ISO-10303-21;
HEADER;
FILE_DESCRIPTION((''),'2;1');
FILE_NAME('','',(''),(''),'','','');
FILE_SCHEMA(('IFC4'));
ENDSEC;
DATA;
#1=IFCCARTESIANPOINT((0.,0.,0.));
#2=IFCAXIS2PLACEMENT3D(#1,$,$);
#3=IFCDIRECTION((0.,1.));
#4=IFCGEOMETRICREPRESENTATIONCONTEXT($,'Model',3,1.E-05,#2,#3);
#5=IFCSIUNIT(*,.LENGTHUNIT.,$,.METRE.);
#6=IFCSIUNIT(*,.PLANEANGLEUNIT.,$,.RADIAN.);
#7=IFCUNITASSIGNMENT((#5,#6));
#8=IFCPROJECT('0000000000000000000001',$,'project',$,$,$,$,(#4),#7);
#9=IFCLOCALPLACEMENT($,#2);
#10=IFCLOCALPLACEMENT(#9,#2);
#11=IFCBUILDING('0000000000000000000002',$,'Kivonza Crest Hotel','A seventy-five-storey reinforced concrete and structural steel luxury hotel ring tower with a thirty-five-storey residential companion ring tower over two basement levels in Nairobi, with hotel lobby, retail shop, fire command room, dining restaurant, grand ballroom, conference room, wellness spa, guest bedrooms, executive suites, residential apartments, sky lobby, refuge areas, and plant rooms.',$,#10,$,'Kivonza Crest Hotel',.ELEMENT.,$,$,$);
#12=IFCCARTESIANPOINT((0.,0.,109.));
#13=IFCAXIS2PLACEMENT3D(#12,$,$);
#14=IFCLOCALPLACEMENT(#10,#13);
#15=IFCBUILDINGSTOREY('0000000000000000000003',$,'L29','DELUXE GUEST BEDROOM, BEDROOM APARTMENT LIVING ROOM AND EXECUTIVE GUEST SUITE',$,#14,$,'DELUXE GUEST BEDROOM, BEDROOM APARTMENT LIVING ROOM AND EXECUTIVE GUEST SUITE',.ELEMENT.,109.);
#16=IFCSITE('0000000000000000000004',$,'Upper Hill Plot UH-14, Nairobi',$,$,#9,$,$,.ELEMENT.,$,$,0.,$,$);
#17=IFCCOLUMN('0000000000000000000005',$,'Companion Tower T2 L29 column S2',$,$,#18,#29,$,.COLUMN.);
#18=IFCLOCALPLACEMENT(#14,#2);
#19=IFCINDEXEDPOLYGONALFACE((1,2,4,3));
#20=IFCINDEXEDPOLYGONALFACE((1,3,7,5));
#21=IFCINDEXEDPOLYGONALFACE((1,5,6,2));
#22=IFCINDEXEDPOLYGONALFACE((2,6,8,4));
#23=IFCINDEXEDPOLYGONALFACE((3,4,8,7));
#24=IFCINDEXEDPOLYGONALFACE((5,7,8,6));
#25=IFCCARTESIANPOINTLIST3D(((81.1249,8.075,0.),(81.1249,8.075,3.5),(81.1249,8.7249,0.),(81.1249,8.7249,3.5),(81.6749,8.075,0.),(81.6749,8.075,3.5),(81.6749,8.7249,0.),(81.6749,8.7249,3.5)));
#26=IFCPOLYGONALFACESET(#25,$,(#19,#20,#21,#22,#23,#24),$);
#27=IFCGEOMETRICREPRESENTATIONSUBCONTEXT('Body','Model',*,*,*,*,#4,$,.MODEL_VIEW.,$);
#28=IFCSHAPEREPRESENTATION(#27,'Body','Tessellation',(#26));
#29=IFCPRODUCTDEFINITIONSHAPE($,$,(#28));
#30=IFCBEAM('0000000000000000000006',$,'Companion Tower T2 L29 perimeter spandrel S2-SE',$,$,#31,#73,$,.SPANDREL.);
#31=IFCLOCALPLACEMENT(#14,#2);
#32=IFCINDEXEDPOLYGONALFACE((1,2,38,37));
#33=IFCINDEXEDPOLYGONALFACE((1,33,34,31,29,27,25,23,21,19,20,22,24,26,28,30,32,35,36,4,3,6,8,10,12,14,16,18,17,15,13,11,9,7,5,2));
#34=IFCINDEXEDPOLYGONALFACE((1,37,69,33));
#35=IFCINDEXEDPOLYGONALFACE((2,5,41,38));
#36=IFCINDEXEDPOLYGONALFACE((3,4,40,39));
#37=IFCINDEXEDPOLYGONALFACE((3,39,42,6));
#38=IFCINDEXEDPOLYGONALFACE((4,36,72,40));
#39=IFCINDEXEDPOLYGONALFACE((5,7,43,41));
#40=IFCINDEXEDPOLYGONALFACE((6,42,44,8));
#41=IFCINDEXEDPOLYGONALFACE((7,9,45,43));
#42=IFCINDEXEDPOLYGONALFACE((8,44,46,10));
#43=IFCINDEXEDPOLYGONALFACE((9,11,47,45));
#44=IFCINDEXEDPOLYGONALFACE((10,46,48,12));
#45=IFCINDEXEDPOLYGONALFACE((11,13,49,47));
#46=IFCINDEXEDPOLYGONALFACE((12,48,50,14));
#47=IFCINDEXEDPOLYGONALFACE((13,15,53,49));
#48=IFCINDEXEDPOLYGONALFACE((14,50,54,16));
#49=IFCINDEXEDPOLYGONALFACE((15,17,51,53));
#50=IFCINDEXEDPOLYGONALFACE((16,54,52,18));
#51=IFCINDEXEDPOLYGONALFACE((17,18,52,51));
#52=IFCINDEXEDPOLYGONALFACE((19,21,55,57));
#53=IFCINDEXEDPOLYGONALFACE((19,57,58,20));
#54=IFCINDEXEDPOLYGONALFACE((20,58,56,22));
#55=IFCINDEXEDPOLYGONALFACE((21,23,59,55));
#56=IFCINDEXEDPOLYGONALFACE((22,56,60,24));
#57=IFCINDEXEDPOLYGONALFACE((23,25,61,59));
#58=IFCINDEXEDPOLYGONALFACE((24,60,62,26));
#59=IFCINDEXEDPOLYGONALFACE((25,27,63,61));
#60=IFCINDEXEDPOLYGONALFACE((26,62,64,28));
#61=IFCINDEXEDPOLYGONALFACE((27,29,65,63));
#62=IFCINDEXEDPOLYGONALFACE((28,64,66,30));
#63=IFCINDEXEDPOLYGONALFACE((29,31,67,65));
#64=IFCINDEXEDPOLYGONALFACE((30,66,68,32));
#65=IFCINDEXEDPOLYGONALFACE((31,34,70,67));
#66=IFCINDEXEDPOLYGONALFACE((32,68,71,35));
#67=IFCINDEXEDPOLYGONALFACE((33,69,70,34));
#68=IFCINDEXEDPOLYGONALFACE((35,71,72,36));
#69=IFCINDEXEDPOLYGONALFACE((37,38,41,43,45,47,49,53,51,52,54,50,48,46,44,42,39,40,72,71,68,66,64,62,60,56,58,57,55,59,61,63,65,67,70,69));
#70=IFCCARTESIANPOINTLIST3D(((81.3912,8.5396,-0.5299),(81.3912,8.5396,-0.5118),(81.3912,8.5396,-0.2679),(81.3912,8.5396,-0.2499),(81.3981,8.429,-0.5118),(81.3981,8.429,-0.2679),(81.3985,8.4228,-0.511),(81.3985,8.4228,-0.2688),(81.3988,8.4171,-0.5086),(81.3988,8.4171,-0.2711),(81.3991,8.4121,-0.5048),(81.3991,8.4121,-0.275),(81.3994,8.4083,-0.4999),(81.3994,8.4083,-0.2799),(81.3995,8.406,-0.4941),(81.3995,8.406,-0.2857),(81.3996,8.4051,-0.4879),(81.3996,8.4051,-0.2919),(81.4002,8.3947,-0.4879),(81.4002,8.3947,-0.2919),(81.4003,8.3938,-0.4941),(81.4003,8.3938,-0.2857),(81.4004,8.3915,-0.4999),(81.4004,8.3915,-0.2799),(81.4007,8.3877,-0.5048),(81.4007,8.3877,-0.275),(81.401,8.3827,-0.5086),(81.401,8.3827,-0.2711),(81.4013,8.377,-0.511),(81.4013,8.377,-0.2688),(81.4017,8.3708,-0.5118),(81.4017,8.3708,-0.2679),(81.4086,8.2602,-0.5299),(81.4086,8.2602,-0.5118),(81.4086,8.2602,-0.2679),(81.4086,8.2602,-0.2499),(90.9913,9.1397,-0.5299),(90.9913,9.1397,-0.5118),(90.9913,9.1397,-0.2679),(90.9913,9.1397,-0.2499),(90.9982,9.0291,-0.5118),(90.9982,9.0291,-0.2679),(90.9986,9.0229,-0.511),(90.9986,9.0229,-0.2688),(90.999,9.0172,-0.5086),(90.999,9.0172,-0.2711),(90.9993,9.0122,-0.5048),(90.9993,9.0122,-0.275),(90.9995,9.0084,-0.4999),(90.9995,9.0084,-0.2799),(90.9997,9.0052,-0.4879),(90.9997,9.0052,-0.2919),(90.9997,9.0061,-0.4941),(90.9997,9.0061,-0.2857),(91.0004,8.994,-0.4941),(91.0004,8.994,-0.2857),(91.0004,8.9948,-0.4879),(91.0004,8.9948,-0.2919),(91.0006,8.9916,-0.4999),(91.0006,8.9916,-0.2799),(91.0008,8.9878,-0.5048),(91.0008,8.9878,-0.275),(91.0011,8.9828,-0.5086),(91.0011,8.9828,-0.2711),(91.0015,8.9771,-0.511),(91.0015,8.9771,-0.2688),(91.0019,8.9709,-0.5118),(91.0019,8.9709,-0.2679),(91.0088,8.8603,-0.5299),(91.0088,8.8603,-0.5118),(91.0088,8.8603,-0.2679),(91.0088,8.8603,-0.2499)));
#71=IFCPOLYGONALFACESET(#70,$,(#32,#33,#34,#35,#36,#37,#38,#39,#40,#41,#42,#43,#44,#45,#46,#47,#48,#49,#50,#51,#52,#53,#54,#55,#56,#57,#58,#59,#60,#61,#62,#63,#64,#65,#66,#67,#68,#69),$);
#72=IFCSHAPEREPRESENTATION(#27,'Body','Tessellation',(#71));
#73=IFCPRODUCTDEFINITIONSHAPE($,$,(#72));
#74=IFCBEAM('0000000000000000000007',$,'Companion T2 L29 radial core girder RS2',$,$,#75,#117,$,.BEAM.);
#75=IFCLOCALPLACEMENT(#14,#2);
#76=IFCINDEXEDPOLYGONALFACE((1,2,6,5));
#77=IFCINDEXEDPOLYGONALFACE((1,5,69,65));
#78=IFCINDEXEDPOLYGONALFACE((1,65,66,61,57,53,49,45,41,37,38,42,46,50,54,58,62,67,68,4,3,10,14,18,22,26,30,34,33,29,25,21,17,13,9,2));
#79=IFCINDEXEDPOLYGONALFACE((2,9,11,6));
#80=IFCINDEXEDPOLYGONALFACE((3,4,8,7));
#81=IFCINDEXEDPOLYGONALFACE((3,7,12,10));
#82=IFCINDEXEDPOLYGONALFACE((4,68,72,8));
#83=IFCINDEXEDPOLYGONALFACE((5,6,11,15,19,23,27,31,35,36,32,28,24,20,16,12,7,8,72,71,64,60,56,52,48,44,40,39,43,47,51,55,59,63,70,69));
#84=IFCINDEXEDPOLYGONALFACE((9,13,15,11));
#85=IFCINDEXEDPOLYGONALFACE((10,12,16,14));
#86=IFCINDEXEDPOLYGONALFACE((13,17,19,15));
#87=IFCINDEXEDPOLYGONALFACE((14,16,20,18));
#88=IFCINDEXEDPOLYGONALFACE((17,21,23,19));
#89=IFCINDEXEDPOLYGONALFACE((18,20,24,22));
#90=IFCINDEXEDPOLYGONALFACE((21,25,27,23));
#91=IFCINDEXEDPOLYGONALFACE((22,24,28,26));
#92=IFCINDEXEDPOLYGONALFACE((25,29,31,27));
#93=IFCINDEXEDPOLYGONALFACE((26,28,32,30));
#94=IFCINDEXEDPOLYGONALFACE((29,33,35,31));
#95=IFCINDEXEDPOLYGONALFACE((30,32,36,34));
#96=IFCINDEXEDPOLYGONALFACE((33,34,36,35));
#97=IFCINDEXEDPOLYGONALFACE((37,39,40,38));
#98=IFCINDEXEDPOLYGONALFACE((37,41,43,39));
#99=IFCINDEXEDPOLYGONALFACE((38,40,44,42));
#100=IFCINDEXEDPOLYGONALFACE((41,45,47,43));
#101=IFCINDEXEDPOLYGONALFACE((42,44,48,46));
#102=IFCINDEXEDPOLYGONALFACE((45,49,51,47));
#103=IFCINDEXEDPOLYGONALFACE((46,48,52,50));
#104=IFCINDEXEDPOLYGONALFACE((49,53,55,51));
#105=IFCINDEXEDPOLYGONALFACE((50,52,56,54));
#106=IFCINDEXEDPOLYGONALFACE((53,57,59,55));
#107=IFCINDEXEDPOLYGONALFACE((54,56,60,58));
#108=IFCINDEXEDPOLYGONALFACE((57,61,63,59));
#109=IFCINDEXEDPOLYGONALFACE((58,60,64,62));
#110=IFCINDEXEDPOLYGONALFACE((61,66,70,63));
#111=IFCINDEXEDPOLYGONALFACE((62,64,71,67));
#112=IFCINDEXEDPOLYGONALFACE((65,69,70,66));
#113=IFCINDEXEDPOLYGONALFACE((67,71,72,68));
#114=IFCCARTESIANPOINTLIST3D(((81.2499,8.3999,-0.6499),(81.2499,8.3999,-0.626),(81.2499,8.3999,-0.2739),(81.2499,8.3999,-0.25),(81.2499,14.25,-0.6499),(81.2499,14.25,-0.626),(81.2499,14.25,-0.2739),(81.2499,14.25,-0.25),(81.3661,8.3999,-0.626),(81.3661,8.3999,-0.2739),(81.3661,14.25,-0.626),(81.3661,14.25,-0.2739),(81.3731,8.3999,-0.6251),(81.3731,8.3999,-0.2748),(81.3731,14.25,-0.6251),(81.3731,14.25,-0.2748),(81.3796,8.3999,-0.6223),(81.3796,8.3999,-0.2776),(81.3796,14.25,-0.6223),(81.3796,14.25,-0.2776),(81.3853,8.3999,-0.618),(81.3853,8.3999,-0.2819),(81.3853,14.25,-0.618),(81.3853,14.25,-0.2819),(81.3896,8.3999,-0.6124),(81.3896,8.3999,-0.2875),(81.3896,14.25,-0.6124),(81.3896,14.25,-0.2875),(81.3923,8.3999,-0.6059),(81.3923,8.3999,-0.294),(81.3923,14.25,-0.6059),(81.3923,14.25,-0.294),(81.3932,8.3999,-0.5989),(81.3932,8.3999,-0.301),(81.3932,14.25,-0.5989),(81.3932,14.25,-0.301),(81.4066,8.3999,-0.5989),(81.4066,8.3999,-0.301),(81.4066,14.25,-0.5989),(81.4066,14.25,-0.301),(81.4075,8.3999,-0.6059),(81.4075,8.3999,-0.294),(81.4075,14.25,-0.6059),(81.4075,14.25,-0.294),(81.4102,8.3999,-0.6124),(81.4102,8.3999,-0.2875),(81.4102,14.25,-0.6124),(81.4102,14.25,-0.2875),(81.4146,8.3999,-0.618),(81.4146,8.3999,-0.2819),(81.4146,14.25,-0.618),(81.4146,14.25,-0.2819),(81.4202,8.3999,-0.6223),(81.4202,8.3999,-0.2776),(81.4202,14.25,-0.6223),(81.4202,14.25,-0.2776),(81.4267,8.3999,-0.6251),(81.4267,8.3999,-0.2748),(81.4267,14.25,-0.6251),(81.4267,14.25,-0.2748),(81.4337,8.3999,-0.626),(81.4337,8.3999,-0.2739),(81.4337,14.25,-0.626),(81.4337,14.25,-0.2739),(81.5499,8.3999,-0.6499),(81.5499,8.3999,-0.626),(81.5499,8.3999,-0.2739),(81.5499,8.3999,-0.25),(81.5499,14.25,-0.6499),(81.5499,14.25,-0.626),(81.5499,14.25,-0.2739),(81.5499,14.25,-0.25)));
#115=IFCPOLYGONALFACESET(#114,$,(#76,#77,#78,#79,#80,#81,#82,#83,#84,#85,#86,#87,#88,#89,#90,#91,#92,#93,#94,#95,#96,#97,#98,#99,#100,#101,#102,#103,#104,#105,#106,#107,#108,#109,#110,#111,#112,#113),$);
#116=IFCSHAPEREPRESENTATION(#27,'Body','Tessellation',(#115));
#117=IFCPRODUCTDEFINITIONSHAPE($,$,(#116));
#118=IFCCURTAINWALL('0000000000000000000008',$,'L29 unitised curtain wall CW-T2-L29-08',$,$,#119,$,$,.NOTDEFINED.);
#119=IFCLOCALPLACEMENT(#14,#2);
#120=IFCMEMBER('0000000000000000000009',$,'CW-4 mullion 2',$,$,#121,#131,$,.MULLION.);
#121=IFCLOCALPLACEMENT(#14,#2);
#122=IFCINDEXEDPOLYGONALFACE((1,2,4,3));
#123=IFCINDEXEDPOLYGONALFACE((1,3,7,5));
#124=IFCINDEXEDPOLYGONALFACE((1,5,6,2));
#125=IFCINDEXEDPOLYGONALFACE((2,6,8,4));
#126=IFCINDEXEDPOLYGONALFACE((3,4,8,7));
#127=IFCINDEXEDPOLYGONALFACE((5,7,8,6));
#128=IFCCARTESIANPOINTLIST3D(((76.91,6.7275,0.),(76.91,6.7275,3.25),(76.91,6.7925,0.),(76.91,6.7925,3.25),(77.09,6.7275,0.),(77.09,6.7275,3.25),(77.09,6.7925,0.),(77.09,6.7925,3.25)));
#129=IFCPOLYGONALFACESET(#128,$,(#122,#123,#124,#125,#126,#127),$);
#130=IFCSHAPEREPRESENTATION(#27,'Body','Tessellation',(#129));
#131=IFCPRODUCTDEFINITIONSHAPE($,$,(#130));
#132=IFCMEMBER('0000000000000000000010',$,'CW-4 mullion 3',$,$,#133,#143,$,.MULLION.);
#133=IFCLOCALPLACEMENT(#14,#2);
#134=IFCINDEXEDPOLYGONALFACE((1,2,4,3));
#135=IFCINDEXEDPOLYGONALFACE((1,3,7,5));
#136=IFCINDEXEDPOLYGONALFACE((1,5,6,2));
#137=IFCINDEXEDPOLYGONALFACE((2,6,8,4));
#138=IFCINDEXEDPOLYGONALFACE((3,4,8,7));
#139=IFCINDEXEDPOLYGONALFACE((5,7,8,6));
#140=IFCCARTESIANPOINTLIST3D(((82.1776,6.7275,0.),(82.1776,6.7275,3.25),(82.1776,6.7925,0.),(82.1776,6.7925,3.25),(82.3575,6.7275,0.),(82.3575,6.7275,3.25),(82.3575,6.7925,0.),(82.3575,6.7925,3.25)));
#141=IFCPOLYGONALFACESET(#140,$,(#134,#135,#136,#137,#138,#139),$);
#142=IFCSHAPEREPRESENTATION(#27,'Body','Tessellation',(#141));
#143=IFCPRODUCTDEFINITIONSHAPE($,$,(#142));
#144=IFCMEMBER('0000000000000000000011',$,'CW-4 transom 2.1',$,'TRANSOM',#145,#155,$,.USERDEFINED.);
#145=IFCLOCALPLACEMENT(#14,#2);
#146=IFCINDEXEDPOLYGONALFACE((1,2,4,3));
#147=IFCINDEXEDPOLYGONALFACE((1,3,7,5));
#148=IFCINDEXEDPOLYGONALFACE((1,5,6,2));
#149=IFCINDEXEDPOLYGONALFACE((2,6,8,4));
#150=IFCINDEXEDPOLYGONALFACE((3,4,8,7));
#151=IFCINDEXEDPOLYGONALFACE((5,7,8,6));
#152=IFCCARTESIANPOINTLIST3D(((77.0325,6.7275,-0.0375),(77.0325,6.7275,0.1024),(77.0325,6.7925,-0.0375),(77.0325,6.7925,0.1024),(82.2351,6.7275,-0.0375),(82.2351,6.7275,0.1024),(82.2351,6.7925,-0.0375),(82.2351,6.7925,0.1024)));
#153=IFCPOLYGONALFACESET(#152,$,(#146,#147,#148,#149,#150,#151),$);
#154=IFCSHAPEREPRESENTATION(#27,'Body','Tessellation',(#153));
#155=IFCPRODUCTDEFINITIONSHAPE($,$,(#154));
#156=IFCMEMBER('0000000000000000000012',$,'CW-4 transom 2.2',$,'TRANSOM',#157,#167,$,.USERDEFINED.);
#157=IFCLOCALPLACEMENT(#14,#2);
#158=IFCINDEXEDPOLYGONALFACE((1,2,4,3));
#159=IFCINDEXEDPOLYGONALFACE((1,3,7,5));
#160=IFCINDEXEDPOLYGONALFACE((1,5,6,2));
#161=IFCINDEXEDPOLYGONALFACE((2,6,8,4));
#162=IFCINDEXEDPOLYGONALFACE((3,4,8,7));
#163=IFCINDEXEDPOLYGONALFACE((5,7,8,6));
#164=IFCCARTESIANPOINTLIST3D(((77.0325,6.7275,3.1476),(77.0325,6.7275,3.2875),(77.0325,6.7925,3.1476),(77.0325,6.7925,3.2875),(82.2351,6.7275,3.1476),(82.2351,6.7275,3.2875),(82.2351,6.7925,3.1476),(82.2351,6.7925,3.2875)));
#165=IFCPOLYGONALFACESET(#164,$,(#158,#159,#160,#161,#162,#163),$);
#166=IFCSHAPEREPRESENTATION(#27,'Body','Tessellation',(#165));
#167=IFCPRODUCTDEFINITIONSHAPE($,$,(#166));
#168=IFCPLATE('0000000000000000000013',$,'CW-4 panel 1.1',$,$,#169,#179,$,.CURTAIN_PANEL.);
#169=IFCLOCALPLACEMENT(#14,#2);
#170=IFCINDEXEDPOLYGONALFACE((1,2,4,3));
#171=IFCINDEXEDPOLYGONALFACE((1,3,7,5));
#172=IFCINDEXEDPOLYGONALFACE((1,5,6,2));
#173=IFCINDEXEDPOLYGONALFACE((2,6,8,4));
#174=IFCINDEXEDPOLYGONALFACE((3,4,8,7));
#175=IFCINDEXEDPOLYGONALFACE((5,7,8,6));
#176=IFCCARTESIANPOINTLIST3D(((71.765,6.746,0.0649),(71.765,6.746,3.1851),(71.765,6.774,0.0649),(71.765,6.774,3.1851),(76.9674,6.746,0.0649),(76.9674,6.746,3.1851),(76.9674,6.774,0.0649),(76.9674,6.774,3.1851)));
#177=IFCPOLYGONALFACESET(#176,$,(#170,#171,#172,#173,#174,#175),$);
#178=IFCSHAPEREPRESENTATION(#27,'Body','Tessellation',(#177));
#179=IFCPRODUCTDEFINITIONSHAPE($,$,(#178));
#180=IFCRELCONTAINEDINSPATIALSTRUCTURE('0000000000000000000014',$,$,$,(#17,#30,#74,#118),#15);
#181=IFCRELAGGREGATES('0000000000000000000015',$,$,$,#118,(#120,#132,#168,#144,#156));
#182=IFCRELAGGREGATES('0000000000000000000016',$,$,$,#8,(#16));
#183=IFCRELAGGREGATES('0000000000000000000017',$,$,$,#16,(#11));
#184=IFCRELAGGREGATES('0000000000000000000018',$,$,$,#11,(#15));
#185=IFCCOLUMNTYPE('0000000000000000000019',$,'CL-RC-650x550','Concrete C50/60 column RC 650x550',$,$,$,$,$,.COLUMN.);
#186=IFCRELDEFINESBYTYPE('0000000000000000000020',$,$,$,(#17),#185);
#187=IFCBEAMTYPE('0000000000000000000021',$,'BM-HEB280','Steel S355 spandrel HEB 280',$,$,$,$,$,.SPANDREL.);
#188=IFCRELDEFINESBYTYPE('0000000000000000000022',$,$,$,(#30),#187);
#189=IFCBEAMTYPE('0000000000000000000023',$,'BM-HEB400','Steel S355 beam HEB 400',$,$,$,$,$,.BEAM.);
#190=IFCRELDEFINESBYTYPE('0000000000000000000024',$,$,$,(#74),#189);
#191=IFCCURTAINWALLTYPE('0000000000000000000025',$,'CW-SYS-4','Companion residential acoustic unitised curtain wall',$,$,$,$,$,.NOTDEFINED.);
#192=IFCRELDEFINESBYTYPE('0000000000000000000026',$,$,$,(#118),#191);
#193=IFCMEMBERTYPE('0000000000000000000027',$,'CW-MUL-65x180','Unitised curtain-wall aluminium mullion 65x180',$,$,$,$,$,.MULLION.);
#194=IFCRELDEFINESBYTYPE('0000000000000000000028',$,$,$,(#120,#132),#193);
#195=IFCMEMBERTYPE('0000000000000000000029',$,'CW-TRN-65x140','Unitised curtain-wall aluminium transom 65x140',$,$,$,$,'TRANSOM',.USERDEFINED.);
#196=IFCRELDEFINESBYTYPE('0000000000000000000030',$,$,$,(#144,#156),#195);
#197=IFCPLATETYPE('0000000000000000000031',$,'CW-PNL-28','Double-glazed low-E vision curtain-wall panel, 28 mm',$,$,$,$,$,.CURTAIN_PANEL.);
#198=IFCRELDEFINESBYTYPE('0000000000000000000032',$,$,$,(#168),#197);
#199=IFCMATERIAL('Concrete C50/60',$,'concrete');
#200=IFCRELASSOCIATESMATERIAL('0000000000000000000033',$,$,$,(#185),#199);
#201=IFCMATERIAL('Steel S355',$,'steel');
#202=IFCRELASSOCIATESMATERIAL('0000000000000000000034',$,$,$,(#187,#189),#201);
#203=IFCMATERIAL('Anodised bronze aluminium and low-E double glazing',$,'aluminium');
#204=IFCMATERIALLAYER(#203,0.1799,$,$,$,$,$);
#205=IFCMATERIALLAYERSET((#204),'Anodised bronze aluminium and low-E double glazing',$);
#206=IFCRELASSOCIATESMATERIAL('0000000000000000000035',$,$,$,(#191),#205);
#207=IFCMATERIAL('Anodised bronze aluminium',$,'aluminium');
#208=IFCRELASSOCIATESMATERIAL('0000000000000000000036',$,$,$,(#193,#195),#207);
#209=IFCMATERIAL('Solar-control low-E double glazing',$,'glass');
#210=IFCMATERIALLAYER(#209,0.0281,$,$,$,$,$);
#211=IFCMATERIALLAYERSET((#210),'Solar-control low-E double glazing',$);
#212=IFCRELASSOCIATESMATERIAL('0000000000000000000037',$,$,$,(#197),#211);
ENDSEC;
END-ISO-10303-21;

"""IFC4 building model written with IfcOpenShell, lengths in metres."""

from ifc_helpers import new_model, si_unit, direction, frame, origin, origin_2d, place, context, subcontext, project, spatial, rectangle, i_section, extrude, material, layer, layer_set, material_profile, profile_set, type_object, element, aggregate, save


model = new_model("IFC4")

# Units and contexts
model_context = context("Model", 3, precision=1e-05, world=origin(), true_north=direction((0.0, 1.0)))
body_context = subcontext(model_context, "Body", "Model", "MODEL_VIEW")
ifc_project = project(units=[si_unit("LENGTHUNIT", "METRE"), si_unit("PLANEANGLEUNIT", "RADIAN")], contexts=[model_context])

# Site, building, storey
site_placement = place(None, origin())
site = spatial("IfcSite", under=ifc_project, at=site_placement, Name="Upper Hill Plot UH-14, Nairobi", CompositionType="ELEMENT", RefElevation=0.0)
building_placement = place(site_placement, origin())
building = spatial("IfcBuilding", under=site, at=building_placement, Name="Kivonza Crest Hotel", Description="A seventy-five-storey reinforced concrete and structural steel luxury hotel ring tower with a thirty-five-storey residential companion ring tower over two basement levels in Nairobi, with hotel lobby, retail shop, fire command room, dining restaurant, grand ballroom, conference room, wellness spa, guest bedrooms, executive suites, residential apartments, sky lobby, refuge areas, and plant rooms.", LongName="Kivonza Crest Hotel", CompositionType="ELEMENT")
storey_placement = place(building_placement, frame((0.0, 0.0, 109.0)))
storey = spatial("IfcBuildingStorey", under=building, at=storey_placement, Name="L29", Description="DELUXE GUEST BEDROOM, BEDROOM APARTMENT LIVING ROOM AND EXECUTIVE GUEST SUITE", LongName="DELUXE GUEST BEDROOM, BEDROOM APARTMENT LIVING ROOM AND EXECUTIVE GUEST SUITE", CompositionType="ELEMENT", Elevation=109.0)

# Column
ifc_material_1 = material(Name="Concrete C50/60", Category="concrete")
ifc_material_profile_1 = material_profile(ifc_material_1, rectangle(XDim=0.55, YDim=0.6499, at=origin_2d()), Name="RC 650x550")
ifc_profile_set_1 = profile_set([ifc_material_profile_1], Name="Concrete C50/60")
column_type = type_object("IfcColumnType", Name="CL-RC-650x550", Description="Concrete C50/60 column RC 650x550", PredefinedType="COLUMN", material=ifc_profile_set_1)
column_placement = place(storey_placement, frame((81.3999, 8.3999, 0.0), z_axis=(0.0, 0.0, 1.0), x_axis=(1.0, 0.0, 0.0)))
element("IfcColumn", 1, at=column_placement, inside=storey, type_object=column_type, Name="Companion Tower T2 L29 column S2", PredefinedType="COLUMN", context=body_context, shape_type="SweptSolid", body=[
    extrude(rectangle(XDim=0.55, YDim=0.6499, at=origin_2d()), origin(), (0.0, 0.0, 1.0), 3.5),
])

# Beams
ifc_material_2 = material(Name="Steel S355", Category="steel")
ifc_material_profile_2 = material_profile(ifc_material_2, i_section(OverallWidth=0.28, OverallDepth=0.28, WebThickness=0.0105, FlangeThickness=0.0181, FilletRadius=0.0239, at=origin_2d()), Name="HEB 280")
ifc_profile_set_2 = profile_set([ifc_material_profile_2], Name="Steel S355")
beam_type_1 = type_object("IfcBeamType", Name="BM-HEB280", Description="Steel S355 spandrel HEB 280", PredefinedType="SPANDREL", material=ifc_profile_set_2)
beam_1_placement = place(storey_placement, frame((81.3999, 8.3999, -0.3899), z_axis=(0.998052, 0.062388, 0.0), x_axis=(-0.062388, 0.998052, 0.0)))
element("IfcBeam", 2, at=beam_1_placement, inside=storey, type_object=beam_type_1, Name="Companion Tower T2 L29 perimeter spandrel S2-SE", PredefinedType="SPANDREL", context=body_context, shape_type="SweptSolid", body=[
    extrude(i_section(OverallWidth=0.28, OverallDepth=0.28, WebThickness=0.0105, FlangeThickness=0.0181, FilletRadius=0.0239, at=origin_2d()), origin(), (0.0, 0.0, 1.0), 9.6189),
])
ifc_material_profile_3 = material_profile(ifc_material_2, i_section(OverallWidth=0.3, OverallDepth=0.3999, WebThickness=0.0134, FlangeThickness=0.0239, FilletRadius=0.0271, at=origin_2d()), Name="HEB 400")
ifc_profile_set_3 = profile_set([ifc_material_profile_3], Name="Steel S355")
beam_type_2 = type_object("IfcBeamType", Name="BM-HEB400", Description="Steel S355 beam HEB 400", PredefinedType="BEAM", material=ifc_profile_set_3)
beam_2_placement = place(storey_placement, frame((81.3999, 8.3999, -0.45), z_axis=(0.0, 1.0, 0.0), x_axis=(-1.0, 0.0, 0.0)))
element("IfcBeam", 3, at=beam_2_placement, inside=storey, type_object=beam_type_2, Name="Companion T2 L29 radial core girder RS2", PredefinedType="BEAM", context=body_context, shape_type="SweptSolid", body=[
    extrude(i_section(OverallWidth=0.3, OverallDepth=0.3999, WebThickness=0.0134, FlangeThickness=0.0239, FilletRadius=0.0271, at=origin_2d()), origin(), (0.0, 0.0, 1.0), 5.8501),
])

# Curtain wall, members, plate
ifc_material_3 = material(Name="Anodised bronze aluminium and low-E double glazing", Category="aluminium")
ifc_layer_1 = layer(ifc_material_3, 0.1799)
ifc_layer_set_1 = layer_set([ifc_layer_1], Name="Anodised bronze aluminium and low-E double glazing")
curtain_wall_type = type_object("IfcCurtainWallType", Name="CW-SYS-4", Description="Companion residential acoustic unitised curtain wall", PredefinedType="NOTDEFINED", material=ifc_layer_set_1)
curtain_wall_placement = place(storey_placement, origin())
curtain_wall = element("IfcCurtainWall", 4, at=curtain_wall_placement, inside=storey, type_object=curtain_wall_type, Name="L29 unitised curtain wall CW-T2-L29-08", PredefinedType="NOTDEFINED")
ifc_material_4 = material(Name="Anodised bronze aluminium", Category="aluminium")
ifc_material_profile_4 = material_profile(ifc_material_4, rectangle(XDim=0.0649, YDim=0.1799, at=origin_2d()), Name="CW-M 65x180")
ifc_profile_set_4 = profile_set([ifc_material_profile_4], Name="Anodised bronze aluminium")
member_type_1 = type_object("IfcMemberType", Name="CW-MUL-65x180", Description="Unitised curtain-wall aluminium mullion 65x180", PredefinedType="MULLION", material=ifc_profile_set_4)
member_1_placement = place(storey_placement, frame((77.0, 6.76, 0.0), z_axis=(0.0, 0.0, 1.0), x_axis=(0.0, 1.0, 0.0)))
member_1 = element("IfcMember", 5, at=member_1_placement, type_object=member_type_1, Name="CW-4 mullion 2", PredefinedType="MULLION", context=body_context, shape_type="SweptSolid", body=[
    extrude(rectangle(XDim=0.0649, YDim=0.1799, at=origin_2d()), origin(), (0.0, 0.0, 1.0), 3.25),
])
member_2_placement = place(storey_placement, frame((82.2676, 6.76, 0.0), z_axis=(0.0, 0.0, 1.0), x_axis=(0.0, 1.0, 0.0)))
member_2 = element("IfcMember", 6, at=member_2_placement, type_object=member_type_1, Name="CW-4 mullion 3", PredefinedType="MULLION", context=body_context, shape_type="SweptSolid", body=[
    extrude(rectangle(XDim=0.0649, YDim=0.1799, at=origin_2d()), origin(), (0.0, 0.0, 1.0), 3.25),
])
ifc_material_profile_5 = material_profile(ifc_material_4, rectangle(XDim=0.0649, YDim=0.1399, at=origin_2d()), Name="CW-T 65x140")
ifc_profile_set_5 = profile_set([ifc_material_profile_5], Name="Anodised bronze aluminium")
member_type_2 = type_object("IfcMemberType", Name="CW-TRN-65x140", Description="Unitised curtain-wall aluminium transom 65x140", ElementType="TRANSOM", PredefinedType="USERDEFINED", material=ifc_profile_set_5)
member_3_placement = place(storey_placement, frame((77.0325, 6.76, 0.0325), z_axis=(1.0, 0.0, 0.0), x_axis=(0.0, 1.0, 0.0)))
member_3 = element("IfcMember", 7, at=member_3_placement, type_object=member_type_2, Name="CW-4 transom 2.1", ObjectType="TRANSOM", PredefinedType="USERDEFINED", context=body_context, shape_type="SweptSolid", body=[
    extrude(rectangle(XDim=0.0649, YDim=0.1399, at=origin_2d()), origin(), (0.0, 0.0, 1.0), 5.2026),
])
member_4_placement = place(storey_placement, frame((77.0325, 6.76, 3.2175), z_axis=(1.0, 0.0, 0.0), x_axis=(0.0, 1.0, 0.0)))
member_4 = element("IfcMember", 8, at=member_4_placement, type_object=member_type_2, Name="CW-4 transom 2.2", ObjectType="TRANSOM", PredefinedType="USERDEFINED", context=body_context, shape_type="SweptSolid", body=[
    extrude(rectangle(XDim=0.0649, YDim=0.1399, at=origin_2d()), origin(), (0.0, 0.0, 1.0), 5.2026),
])
ifc_material_5 = material(Name="Solar-control low-E double glazing", Category="glass")
ifc_layer_2 = layer(ifc_material_5, 0.0281)
ifc_layer_set_2 = layer_set([ifc_layer_2], Name="Solar-control low-E double glazing")
plate_type = type_object("IfcPlateType", Name="CW-PNL-28", Description="Double-glazed low-E vision curtain-wall panel, 28 mm", PredefinedType="CURTAIN_PANEL", material=ifc_layer_set_2)
plate_1_placement = place(storey_placement, frame((74.3662, 6.76, 0.0649), z_axis=(0.0, 0.0, 1.0), x_axis=(1.0, 0.0, 0.0)))
plate_1 = element("IfcPlate", 9, at=plate_1_placement, type_object=plate_type, Name="CW-4 panel 1.1", PredefinedType="CURTAIN_PANEL", context=body_context, shape_type="SweptSolid", body=[
    extrude(rectangle(XDim=5.2024, YDim=0.0281, at=origin_2d()), origin(), (0.0, 0.0, 1.0), 3.1201),
])
aggregate(curtain_wall, [member_1, member_2, plate_1, member_3, member_4])

save(model, "model.ifc")
